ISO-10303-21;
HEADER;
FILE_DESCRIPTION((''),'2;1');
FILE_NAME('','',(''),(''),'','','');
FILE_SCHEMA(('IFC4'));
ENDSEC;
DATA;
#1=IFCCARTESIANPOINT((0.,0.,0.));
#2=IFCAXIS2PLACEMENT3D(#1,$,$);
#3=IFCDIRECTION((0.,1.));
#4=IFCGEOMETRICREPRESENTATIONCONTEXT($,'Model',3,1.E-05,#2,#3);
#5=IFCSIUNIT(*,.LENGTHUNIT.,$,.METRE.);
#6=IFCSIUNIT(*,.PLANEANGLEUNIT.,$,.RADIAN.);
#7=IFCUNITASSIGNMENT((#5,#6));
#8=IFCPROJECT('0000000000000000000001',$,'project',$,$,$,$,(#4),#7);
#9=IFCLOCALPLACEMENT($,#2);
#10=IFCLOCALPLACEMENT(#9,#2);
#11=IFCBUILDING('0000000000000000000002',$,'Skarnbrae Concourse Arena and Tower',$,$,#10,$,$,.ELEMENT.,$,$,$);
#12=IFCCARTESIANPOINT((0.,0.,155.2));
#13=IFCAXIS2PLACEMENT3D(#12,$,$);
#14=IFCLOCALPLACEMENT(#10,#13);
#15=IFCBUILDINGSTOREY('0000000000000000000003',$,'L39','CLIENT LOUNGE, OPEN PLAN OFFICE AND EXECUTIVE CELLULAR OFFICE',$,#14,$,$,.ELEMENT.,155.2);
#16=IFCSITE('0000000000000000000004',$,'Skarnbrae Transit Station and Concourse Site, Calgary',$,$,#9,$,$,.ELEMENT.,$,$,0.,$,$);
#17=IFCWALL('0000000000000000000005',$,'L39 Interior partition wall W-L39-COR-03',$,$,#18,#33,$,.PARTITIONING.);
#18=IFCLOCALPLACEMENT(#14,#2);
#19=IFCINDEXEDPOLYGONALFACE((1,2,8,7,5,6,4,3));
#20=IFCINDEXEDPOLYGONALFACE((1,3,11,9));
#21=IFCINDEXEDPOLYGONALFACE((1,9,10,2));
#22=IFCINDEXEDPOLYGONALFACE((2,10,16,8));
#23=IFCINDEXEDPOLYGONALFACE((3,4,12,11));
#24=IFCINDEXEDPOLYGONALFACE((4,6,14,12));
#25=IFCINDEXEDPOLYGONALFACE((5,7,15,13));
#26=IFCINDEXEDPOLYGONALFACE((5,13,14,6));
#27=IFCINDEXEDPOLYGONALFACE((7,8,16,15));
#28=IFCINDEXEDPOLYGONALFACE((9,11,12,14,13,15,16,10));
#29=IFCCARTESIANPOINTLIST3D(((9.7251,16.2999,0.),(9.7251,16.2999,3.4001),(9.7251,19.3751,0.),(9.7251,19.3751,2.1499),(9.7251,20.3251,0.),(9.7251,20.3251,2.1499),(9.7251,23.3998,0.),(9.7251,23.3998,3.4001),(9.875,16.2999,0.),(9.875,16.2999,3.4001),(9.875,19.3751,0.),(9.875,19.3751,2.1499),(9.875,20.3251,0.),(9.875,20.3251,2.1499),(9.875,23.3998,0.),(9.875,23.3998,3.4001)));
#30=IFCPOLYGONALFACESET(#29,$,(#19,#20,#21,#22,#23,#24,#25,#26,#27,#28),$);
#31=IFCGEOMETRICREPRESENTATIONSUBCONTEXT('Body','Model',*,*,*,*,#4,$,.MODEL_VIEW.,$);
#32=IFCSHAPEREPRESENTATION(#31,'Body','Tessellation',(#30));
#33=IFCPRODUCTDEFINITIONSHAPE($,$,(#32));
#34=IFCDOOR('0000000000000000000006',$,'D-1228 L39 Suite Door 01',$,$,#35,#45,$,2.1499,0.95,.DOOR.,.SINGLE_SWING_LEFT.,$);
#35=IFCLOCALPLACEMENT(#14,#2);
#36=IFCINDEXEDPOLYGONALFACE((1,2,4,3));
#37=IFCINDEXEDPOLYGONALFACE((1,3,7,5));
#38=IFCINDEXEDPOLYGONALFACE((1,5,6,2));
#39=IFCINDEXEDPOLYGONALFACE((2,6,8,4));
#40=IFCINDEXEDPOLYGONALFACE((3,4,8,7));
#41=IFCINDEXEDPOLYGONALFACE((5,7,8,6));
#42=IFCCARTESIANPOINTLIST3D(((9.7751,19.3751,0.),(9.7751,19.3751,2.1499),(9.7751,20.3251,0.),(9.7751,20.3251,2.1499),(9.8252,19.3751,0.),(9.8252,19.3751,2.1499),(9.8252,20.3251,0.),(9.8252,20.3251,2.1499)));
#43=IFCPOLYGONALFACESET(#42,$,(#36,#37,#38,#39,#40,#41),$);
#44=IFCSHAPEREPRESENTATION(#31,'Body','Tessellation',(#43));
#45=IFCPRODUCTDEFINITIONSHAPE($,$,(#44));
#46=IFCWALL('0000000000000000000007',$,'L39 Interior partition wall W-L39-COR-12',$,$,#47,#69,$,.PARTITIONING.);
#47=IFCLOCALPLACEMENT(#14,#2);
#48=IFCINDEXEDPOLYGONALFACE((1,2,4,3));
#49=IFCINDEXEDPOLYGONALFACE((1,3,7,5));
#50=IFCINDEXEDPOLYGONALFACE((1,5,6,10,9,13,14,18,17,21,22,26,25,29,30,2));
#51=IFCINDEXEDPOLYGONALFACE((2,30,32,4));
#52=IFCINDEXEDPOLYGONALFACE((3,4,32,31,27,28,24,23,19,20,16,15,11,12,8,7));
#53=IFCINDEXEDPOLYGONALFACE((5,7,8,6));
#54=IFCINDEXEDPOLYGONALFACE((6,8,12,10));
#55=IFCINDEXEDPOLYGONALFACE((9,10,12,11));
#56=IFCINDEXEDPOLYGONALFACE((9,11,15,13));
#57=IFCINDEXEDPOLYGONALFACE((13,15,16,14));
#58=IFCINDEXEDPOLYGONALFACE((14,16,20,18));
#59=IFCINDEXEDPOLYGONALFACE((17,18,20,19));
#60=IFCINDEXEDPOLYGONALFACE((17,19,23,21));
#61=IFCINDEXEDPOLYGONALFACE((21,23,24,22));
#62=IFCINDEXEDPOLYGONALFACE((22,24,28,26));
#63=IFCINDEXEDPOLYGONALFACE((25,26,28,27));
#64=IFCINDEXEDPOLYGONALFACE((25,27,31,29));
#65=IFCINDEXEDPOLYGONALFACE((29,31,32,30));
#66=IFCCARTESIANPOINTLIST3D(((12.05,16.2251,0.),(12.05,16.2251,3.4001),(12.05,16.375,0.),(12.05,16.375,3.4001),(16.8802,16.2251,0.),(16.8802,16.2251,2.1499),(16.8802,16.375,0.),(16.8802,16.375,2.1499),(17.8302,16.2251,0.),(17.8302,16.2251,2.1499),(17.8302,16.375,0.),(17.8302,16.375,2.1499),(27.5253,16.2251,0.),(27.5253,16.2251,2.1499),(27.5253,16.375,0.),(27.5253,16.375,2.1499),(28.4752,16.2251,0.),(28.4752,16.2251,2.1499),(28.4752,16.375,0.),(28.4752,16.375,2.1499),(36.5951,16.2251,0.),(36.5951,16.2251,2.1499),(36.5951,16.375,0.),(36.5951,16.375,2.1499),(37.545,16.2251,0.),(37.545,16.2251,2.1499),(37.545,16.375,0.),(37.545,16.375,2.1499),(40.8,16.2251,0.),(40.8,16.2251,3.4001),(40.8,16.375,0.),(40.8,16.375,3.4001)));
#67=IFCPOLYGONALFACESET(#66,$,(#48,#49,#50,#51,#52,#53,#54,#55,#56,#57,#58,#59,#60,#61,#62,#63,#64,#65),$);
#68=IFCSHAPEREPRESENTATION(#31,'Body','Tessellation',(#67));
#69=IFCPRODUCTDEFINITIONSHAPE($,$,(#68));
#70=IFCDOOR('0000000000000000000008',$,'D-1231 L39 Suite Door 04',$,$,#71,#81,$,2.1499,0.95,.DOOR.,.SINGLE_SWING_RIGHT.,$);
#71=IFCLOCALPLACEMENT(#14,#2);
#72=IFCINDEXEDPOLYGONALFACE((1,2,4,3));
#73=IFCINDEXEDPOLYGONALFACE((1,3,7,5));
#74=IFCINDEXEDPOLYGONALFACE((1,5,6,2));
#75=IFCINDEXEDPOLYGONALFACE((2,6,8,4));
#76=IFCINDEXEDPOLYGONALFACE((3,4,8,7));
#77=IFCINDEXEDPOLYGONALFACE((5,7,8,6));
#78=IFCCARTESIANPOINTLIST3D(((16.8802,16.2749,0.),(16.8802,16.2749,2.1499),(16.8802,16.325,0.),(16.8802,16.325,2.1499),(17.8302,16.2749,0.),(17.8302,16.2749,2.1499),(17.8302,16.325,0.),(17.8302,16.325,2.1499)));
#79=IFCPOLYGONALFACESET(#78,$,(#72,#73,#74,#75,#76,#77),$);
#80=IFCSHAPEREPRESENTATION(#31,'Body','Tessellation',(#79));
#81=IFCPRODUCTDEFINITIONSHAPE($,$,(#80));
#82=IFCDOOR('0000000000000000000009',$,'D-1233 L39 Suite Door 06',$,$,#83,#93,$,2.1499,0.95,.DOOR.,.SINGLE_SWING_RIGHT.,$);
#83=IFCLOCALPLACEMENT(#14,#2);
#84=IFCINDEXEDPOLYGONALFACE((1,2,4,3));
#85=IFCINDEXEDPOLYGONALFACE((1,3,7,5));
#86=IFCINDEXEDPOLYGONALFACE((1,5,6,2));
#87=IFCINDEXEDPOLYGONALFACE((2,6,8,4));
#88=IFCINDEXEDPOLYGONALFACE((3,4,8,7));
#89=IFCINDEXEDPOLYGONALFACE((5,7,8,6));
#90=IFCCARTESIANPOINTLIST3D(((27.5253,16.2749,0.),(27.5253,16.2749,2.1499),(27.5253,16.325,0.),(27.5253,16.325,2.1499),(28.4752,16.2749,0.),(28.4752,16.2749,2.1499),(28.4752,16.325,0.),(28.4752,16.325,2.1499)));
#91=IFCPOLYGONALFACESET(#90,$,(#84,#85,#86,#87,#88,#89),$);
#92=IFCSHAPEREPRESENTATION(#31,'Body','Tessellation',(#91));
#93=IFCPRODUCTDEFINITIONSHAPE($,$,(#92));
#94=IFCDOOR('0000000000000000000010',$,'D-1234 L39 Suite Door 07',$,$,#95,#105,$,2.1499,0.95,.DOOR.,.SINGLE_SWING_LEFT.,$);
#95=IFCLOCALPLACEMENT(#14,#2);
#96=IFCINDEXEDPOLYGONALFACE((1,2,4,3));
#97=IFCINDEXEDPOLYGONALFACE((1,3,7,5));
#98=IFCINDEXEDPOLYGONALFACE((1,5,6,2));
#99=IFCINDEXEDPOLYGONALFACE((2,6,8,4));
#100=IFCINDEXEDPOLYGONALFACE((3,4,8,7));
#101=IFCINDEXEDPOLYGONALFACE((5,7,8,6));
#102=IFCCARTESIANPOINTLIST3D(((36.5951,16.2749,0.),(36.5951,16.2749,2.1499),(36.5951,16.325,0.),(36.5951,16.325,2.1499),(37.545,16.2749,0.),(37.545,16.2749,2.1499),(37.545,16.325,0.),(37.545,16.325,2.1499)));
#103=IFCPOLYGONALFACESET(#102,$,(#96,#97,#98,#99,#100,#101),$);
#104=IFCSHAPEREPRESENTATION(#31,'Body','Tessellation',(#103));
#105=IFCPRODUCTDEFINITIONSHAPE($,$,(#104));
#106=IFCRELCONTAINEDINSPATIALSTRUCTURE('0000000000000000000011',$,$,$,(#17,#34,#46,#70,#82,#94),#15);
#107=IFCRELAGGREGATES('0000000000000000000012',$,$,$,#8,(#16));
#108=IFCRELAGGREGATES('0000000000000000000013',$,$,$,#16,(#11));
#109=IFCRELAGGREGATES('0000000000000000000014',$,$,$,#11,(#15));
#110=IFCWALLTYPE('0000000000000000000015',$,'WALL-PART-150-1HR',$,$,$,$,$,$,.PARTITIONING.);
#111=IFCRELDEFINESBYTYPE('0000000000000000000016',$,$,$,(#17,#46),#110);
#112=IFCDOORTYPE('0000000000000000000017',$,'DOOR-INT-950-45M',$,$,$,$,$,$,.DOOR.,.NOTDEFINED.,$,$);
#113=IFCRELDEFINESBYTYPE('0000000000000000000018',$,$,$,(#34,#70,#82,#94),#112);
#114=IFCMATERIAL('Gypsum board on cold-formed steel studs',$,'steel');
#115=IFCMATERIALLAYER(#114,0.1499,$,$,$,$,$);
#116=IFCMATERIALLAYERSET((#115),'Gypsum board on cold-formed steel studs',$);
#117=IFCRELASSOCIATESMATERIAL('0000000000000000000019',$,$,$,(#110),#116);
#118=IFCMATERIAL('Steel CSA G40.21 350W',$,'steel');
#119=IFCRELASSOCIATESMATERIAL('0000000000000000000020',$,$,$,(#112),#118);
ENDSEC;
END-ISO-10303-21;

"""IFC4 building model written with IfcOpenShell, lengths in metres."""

from ifc_helpers import new_model, si_unit, direction, frame, frame_2d, origin, place, context, subcontext, project, spatial, rectangle, extrude, source, transform, mapped, material, layer, layer_set, type_object, element, fill, save


model = new_model("IFC4")

# Units and contexts
model_context = context("Model", 3, precision=1e-05, world=origin(), true_north=direction((0.0, 1.0)))
body_context = subcontext(model_context, "Body", "Model", "MODEL_VIEW")
ifc_project = project(units=[si_unit("LENGTHUNIT", "METRE"), si_unit("PLANEANGLEUNIT", "RADIAN")], contexts=[model_context])

# Site, building, storey
site_placement = place(None, origin())
site = spatial("IfcSite", under=ifc_project, at=site_placement, Name="Skarnbrae Transit Station and Concourse Site, Calgary", CompositionType="ELEMENT", RefElevation=0.0)
building_placement = place(site_placement, origin())
building = spatial("IfcBuilding", under=site, at=building_placement, Name="Skarnbrae Concourse Arena and Tower", CompositionType="ELEMENT")
storey_placement = place(building_placement, frame((0.0, 0.0, 155.2)))
storey = spatial("IfcBuildingStorey", under=building, at=storey_placement, Name="L39", Description="CLIENT LOUNGE, OPEN PLAN OFFICE AND EXECUTIVE CELLULAR OFFICE", CompositionType="ELEMENT", Elevation=155.2)

# Shared definitions
ifc_material_1 = material(Name="Steel CSA G40.21 350W", Category="steel")

# Shared definitions
ifc_material_2 = material(Name="Gypsum board on cold-formed steel studs", Category="steel")

# Wall, opening, door
ifc_layer_1 = layer(ifc_material_2, 0.1499)
ifc_layer_set_1 = layer_set([ifc_layer_1], Name="Gypsum board on cold-formed steel studs")
wall_type_1 = type_object("IfcWallType", Name="WALL-PART-150-1HR", PredefinedType="PARTITIONING", material=ifc_layer_set_1)
shared_shape_1 = source(origin(), body_context, "Body", "SweptSolid", [
    extrude(rectangle(XDim=7.0999, YDim=0.1499, at=frame_2d((3.5498, 0.0))), origin(), (0.0, 0.0, 1.0), 3.4001),
])
wall_1_placement = place(storey_placement, frame((9.8, 16.3, 0.0), z_axis=(0.0, 0.0, 1.0), x_axis=(0.0, 1.0, 0.0)))
wall_1 = element("IfcWall", 1, at=wall_1_placement, inside=storey, type_object=wall_type_1, Name="L39 Interior partition wall W-L39-COR-03", PredefinedType="PARTITIONING", context=body_context, shape_type="MappedRepresentation", body=[
    mapped(shared_shape_1, transform((0.0, 0.0, 0.0))),
])
opening_1_placement = place(wall_1_placement, frame((3.075, 0.0, 0.0)))
opening_1 = element("IfcOpeningElement", 2, at=opening_1_placement, cuts=wall_1, PredefinedType="OPENING", context=body_context, shape_type="SweptSolid", body=[
    extrude(rectangle(XDim=0.95, YDim=2.1499, at=frame_2d((0.4751, 1.075))), frame((0.0, 0.085, 0.0), z_axis=(0.0, -1.0, 0.0), x_axis=(1.0, 0.0, 0.0)), (0.0, 0.0, 1.0), 0.1699),
])
door_type_1 = type_object("IfcDoorType", Name="DOOR-INT-950-45M", OperationType="NOTDEFINED", PredefinedType="DOOR", material=ifc_material_1)
shared_shape_2 = source(origin(), body_context, "Body", "SweptSolid", [
    extrude(rectangle(XDim=0.95, YDim=2.1499, at=frame_2d((0.4751, 1.075))), frame((0.0, 0.0249, 0.0), z_axis=(0.0, -1.0, 0.0), x_axis=(1.0, 0.0, 0.0)), (0.0, 0.0, 1.0), 0.05),
])
door_1_placement = place(opening_1_placement, origin())
door_1 = element("IfcDoor", 3, at=door_1_placement, inside=storey, type_object=door_type_1, Name="D-1228 L39 Suite Door 01", OperationType="SINGLE_SWING_LEFT", OverallHeight=2.1499, OverallWidth=0.95, PredefinedType="DOOR", context=body_context, shape_type="MappedRepresentation", body=[
    mapped(shared_shape_2, transform((0.0, 0.0, 0.0))),
])
fill(opening_1, door_1)

# Wall, openings, doors
shared_shape_3 = source(origin(), body_context, "Body", "SweptSolid", [
    extrude(rectangle(XDim=28.75, YDim=0.1499, at=frame_2d((14.375, 0.0))), origin(), (0.0, 0.0, 1.0), 3.4001),
])
wall_2_placement = place(storey_placement, frame((12.05, 16.3, 0.0), z_axis=(0.0, 0.0, 1.0), x_axis=(1.0, 0.0, 0.0)))
wall_2 = element("IfcWall", 4, at=wall_2_placement, inside=storey, type_object=wall_type_1, Name="L39 Interior partition wall W-L39-COR-12", PredefinedType="PARTITIONING", context=body_context, shape_type="MappedRepresentation", body=[
    mapped(shared_shape_3, transform((0.0, 0.0, 0.0))),
])
opening_2_placement = place(wall_2_placement, frame((4.8301, 0.0, 0.0)))
opening_2 = element("IfcOpeningElement", 5, at=opening_2_placement, cuts=wall_2, PredefinedType="OPENING", context=body_context, shape_type="SweptSolid", body=[
    extrude(rectangle(XDim=0.95, YDim=2.1499, at=frame_2d((0.4751, 1.075))), frame((0.0, 0.085, 0.0), z_axis=(0.0, -1.0, 0.0), x_axis=(1.0, 0.0, 0.0)), (0.0, 0.0, 1.0), 0.1699),
])
opening_3_placement = place(wall_2_placement, frame((15.4751, 0.0, 0.0)))
opening_3 = element("IfcOpeningElement", 6, at=opening_3_placement, cuts=wall_2, PredefinedType="OPENING", context=body_context, shape_type="SweptSolid", body=[
    extrude(rectangle(XDim=0.95, YDim=2.1499, at=frame_2d((0.4751, 1.075))), frame((0.0, 0.085, 0.0), z_axis=(0.0, -1.0, 0.0), x_axis=(1.0, 0.0, 0.0)), (0.0, 0.0, 1.0), 0.1699),
])
opening_4_placement = place(wall_2_placement, frame((24.5449, 0.0, 0.0)))
opening_4 = element("IfcOpeningElement", 7, at=opening_4_placement, cuts=wall_2, PredefinedType="OPENING", context=body_context, shape_type="SweptSolid", body=[
    extrude(rectangle(XDim=0.95, YDim=2.1499, at=frame_2d((0.4751, 1.075))), frame((0.0, 0.085, 0.0), z_axis=(0.0, -1.0, 0.0), x_axis=(1.0, 0.0, 0.0)), (0.0, 0.0, 1.0), 0.1699),
])
door_2_placement = place(opening_2_placement, origin())
door_2 = element("IfcDoor", 8, at=door_2_placement, inside=storey, type_object=door_type_1, Name="D-1231 L39 Suite Door 04", OperationType="SINGLE_SWING_RIGHT", OverallHeight=2.1499, OverallWidth=0.95, PredefinedType="DOOR", context=body_context, shape_type="MappedRepresentation", body=[
    mapped(shared_shape_2, transform((0.0, 0.0, 0.0))),
])
fill(opening_2, door_2)
door_3_placement = place(opening_3_placement, origin())
door_3 = element("IfcDoor", 9, at=door_3_placement, inside=storey, type_object=door_type_1, Name="D-1233 L39 Suite Door 06", OperationType="SINGLE_SWING_RIGHT", OverallHeight=2.1499, OverallWidth=0.95, PredefinedType="DOOR", context=body_context, shape_type="MappedRepresentation", body=[
    mapped(shared_shape_2, transform((0.0, 0.0, 0.0))),
])
fill(opening_3, door_3)
door_4_placement = place(opening_4_placement, origin())
door_4 = element("IfcDoor", 10, at=door_4_placement, inside=storey, type_object=door_type_1, Name="D-1234 L39 Suite Door 07", OperationType="SINGLE_SWING_LEFT", OverallHeight=2.1499, OverallWidth=0.95, PredefinedType="DOOR", context=body_context, shape_type="MappedRepresentation", body=[
    mapped(shared_shape_2, transform((0.0, 0.0, 0.0))),
])
fill(opening_4, door_4)

save(model, "model.ifc")
